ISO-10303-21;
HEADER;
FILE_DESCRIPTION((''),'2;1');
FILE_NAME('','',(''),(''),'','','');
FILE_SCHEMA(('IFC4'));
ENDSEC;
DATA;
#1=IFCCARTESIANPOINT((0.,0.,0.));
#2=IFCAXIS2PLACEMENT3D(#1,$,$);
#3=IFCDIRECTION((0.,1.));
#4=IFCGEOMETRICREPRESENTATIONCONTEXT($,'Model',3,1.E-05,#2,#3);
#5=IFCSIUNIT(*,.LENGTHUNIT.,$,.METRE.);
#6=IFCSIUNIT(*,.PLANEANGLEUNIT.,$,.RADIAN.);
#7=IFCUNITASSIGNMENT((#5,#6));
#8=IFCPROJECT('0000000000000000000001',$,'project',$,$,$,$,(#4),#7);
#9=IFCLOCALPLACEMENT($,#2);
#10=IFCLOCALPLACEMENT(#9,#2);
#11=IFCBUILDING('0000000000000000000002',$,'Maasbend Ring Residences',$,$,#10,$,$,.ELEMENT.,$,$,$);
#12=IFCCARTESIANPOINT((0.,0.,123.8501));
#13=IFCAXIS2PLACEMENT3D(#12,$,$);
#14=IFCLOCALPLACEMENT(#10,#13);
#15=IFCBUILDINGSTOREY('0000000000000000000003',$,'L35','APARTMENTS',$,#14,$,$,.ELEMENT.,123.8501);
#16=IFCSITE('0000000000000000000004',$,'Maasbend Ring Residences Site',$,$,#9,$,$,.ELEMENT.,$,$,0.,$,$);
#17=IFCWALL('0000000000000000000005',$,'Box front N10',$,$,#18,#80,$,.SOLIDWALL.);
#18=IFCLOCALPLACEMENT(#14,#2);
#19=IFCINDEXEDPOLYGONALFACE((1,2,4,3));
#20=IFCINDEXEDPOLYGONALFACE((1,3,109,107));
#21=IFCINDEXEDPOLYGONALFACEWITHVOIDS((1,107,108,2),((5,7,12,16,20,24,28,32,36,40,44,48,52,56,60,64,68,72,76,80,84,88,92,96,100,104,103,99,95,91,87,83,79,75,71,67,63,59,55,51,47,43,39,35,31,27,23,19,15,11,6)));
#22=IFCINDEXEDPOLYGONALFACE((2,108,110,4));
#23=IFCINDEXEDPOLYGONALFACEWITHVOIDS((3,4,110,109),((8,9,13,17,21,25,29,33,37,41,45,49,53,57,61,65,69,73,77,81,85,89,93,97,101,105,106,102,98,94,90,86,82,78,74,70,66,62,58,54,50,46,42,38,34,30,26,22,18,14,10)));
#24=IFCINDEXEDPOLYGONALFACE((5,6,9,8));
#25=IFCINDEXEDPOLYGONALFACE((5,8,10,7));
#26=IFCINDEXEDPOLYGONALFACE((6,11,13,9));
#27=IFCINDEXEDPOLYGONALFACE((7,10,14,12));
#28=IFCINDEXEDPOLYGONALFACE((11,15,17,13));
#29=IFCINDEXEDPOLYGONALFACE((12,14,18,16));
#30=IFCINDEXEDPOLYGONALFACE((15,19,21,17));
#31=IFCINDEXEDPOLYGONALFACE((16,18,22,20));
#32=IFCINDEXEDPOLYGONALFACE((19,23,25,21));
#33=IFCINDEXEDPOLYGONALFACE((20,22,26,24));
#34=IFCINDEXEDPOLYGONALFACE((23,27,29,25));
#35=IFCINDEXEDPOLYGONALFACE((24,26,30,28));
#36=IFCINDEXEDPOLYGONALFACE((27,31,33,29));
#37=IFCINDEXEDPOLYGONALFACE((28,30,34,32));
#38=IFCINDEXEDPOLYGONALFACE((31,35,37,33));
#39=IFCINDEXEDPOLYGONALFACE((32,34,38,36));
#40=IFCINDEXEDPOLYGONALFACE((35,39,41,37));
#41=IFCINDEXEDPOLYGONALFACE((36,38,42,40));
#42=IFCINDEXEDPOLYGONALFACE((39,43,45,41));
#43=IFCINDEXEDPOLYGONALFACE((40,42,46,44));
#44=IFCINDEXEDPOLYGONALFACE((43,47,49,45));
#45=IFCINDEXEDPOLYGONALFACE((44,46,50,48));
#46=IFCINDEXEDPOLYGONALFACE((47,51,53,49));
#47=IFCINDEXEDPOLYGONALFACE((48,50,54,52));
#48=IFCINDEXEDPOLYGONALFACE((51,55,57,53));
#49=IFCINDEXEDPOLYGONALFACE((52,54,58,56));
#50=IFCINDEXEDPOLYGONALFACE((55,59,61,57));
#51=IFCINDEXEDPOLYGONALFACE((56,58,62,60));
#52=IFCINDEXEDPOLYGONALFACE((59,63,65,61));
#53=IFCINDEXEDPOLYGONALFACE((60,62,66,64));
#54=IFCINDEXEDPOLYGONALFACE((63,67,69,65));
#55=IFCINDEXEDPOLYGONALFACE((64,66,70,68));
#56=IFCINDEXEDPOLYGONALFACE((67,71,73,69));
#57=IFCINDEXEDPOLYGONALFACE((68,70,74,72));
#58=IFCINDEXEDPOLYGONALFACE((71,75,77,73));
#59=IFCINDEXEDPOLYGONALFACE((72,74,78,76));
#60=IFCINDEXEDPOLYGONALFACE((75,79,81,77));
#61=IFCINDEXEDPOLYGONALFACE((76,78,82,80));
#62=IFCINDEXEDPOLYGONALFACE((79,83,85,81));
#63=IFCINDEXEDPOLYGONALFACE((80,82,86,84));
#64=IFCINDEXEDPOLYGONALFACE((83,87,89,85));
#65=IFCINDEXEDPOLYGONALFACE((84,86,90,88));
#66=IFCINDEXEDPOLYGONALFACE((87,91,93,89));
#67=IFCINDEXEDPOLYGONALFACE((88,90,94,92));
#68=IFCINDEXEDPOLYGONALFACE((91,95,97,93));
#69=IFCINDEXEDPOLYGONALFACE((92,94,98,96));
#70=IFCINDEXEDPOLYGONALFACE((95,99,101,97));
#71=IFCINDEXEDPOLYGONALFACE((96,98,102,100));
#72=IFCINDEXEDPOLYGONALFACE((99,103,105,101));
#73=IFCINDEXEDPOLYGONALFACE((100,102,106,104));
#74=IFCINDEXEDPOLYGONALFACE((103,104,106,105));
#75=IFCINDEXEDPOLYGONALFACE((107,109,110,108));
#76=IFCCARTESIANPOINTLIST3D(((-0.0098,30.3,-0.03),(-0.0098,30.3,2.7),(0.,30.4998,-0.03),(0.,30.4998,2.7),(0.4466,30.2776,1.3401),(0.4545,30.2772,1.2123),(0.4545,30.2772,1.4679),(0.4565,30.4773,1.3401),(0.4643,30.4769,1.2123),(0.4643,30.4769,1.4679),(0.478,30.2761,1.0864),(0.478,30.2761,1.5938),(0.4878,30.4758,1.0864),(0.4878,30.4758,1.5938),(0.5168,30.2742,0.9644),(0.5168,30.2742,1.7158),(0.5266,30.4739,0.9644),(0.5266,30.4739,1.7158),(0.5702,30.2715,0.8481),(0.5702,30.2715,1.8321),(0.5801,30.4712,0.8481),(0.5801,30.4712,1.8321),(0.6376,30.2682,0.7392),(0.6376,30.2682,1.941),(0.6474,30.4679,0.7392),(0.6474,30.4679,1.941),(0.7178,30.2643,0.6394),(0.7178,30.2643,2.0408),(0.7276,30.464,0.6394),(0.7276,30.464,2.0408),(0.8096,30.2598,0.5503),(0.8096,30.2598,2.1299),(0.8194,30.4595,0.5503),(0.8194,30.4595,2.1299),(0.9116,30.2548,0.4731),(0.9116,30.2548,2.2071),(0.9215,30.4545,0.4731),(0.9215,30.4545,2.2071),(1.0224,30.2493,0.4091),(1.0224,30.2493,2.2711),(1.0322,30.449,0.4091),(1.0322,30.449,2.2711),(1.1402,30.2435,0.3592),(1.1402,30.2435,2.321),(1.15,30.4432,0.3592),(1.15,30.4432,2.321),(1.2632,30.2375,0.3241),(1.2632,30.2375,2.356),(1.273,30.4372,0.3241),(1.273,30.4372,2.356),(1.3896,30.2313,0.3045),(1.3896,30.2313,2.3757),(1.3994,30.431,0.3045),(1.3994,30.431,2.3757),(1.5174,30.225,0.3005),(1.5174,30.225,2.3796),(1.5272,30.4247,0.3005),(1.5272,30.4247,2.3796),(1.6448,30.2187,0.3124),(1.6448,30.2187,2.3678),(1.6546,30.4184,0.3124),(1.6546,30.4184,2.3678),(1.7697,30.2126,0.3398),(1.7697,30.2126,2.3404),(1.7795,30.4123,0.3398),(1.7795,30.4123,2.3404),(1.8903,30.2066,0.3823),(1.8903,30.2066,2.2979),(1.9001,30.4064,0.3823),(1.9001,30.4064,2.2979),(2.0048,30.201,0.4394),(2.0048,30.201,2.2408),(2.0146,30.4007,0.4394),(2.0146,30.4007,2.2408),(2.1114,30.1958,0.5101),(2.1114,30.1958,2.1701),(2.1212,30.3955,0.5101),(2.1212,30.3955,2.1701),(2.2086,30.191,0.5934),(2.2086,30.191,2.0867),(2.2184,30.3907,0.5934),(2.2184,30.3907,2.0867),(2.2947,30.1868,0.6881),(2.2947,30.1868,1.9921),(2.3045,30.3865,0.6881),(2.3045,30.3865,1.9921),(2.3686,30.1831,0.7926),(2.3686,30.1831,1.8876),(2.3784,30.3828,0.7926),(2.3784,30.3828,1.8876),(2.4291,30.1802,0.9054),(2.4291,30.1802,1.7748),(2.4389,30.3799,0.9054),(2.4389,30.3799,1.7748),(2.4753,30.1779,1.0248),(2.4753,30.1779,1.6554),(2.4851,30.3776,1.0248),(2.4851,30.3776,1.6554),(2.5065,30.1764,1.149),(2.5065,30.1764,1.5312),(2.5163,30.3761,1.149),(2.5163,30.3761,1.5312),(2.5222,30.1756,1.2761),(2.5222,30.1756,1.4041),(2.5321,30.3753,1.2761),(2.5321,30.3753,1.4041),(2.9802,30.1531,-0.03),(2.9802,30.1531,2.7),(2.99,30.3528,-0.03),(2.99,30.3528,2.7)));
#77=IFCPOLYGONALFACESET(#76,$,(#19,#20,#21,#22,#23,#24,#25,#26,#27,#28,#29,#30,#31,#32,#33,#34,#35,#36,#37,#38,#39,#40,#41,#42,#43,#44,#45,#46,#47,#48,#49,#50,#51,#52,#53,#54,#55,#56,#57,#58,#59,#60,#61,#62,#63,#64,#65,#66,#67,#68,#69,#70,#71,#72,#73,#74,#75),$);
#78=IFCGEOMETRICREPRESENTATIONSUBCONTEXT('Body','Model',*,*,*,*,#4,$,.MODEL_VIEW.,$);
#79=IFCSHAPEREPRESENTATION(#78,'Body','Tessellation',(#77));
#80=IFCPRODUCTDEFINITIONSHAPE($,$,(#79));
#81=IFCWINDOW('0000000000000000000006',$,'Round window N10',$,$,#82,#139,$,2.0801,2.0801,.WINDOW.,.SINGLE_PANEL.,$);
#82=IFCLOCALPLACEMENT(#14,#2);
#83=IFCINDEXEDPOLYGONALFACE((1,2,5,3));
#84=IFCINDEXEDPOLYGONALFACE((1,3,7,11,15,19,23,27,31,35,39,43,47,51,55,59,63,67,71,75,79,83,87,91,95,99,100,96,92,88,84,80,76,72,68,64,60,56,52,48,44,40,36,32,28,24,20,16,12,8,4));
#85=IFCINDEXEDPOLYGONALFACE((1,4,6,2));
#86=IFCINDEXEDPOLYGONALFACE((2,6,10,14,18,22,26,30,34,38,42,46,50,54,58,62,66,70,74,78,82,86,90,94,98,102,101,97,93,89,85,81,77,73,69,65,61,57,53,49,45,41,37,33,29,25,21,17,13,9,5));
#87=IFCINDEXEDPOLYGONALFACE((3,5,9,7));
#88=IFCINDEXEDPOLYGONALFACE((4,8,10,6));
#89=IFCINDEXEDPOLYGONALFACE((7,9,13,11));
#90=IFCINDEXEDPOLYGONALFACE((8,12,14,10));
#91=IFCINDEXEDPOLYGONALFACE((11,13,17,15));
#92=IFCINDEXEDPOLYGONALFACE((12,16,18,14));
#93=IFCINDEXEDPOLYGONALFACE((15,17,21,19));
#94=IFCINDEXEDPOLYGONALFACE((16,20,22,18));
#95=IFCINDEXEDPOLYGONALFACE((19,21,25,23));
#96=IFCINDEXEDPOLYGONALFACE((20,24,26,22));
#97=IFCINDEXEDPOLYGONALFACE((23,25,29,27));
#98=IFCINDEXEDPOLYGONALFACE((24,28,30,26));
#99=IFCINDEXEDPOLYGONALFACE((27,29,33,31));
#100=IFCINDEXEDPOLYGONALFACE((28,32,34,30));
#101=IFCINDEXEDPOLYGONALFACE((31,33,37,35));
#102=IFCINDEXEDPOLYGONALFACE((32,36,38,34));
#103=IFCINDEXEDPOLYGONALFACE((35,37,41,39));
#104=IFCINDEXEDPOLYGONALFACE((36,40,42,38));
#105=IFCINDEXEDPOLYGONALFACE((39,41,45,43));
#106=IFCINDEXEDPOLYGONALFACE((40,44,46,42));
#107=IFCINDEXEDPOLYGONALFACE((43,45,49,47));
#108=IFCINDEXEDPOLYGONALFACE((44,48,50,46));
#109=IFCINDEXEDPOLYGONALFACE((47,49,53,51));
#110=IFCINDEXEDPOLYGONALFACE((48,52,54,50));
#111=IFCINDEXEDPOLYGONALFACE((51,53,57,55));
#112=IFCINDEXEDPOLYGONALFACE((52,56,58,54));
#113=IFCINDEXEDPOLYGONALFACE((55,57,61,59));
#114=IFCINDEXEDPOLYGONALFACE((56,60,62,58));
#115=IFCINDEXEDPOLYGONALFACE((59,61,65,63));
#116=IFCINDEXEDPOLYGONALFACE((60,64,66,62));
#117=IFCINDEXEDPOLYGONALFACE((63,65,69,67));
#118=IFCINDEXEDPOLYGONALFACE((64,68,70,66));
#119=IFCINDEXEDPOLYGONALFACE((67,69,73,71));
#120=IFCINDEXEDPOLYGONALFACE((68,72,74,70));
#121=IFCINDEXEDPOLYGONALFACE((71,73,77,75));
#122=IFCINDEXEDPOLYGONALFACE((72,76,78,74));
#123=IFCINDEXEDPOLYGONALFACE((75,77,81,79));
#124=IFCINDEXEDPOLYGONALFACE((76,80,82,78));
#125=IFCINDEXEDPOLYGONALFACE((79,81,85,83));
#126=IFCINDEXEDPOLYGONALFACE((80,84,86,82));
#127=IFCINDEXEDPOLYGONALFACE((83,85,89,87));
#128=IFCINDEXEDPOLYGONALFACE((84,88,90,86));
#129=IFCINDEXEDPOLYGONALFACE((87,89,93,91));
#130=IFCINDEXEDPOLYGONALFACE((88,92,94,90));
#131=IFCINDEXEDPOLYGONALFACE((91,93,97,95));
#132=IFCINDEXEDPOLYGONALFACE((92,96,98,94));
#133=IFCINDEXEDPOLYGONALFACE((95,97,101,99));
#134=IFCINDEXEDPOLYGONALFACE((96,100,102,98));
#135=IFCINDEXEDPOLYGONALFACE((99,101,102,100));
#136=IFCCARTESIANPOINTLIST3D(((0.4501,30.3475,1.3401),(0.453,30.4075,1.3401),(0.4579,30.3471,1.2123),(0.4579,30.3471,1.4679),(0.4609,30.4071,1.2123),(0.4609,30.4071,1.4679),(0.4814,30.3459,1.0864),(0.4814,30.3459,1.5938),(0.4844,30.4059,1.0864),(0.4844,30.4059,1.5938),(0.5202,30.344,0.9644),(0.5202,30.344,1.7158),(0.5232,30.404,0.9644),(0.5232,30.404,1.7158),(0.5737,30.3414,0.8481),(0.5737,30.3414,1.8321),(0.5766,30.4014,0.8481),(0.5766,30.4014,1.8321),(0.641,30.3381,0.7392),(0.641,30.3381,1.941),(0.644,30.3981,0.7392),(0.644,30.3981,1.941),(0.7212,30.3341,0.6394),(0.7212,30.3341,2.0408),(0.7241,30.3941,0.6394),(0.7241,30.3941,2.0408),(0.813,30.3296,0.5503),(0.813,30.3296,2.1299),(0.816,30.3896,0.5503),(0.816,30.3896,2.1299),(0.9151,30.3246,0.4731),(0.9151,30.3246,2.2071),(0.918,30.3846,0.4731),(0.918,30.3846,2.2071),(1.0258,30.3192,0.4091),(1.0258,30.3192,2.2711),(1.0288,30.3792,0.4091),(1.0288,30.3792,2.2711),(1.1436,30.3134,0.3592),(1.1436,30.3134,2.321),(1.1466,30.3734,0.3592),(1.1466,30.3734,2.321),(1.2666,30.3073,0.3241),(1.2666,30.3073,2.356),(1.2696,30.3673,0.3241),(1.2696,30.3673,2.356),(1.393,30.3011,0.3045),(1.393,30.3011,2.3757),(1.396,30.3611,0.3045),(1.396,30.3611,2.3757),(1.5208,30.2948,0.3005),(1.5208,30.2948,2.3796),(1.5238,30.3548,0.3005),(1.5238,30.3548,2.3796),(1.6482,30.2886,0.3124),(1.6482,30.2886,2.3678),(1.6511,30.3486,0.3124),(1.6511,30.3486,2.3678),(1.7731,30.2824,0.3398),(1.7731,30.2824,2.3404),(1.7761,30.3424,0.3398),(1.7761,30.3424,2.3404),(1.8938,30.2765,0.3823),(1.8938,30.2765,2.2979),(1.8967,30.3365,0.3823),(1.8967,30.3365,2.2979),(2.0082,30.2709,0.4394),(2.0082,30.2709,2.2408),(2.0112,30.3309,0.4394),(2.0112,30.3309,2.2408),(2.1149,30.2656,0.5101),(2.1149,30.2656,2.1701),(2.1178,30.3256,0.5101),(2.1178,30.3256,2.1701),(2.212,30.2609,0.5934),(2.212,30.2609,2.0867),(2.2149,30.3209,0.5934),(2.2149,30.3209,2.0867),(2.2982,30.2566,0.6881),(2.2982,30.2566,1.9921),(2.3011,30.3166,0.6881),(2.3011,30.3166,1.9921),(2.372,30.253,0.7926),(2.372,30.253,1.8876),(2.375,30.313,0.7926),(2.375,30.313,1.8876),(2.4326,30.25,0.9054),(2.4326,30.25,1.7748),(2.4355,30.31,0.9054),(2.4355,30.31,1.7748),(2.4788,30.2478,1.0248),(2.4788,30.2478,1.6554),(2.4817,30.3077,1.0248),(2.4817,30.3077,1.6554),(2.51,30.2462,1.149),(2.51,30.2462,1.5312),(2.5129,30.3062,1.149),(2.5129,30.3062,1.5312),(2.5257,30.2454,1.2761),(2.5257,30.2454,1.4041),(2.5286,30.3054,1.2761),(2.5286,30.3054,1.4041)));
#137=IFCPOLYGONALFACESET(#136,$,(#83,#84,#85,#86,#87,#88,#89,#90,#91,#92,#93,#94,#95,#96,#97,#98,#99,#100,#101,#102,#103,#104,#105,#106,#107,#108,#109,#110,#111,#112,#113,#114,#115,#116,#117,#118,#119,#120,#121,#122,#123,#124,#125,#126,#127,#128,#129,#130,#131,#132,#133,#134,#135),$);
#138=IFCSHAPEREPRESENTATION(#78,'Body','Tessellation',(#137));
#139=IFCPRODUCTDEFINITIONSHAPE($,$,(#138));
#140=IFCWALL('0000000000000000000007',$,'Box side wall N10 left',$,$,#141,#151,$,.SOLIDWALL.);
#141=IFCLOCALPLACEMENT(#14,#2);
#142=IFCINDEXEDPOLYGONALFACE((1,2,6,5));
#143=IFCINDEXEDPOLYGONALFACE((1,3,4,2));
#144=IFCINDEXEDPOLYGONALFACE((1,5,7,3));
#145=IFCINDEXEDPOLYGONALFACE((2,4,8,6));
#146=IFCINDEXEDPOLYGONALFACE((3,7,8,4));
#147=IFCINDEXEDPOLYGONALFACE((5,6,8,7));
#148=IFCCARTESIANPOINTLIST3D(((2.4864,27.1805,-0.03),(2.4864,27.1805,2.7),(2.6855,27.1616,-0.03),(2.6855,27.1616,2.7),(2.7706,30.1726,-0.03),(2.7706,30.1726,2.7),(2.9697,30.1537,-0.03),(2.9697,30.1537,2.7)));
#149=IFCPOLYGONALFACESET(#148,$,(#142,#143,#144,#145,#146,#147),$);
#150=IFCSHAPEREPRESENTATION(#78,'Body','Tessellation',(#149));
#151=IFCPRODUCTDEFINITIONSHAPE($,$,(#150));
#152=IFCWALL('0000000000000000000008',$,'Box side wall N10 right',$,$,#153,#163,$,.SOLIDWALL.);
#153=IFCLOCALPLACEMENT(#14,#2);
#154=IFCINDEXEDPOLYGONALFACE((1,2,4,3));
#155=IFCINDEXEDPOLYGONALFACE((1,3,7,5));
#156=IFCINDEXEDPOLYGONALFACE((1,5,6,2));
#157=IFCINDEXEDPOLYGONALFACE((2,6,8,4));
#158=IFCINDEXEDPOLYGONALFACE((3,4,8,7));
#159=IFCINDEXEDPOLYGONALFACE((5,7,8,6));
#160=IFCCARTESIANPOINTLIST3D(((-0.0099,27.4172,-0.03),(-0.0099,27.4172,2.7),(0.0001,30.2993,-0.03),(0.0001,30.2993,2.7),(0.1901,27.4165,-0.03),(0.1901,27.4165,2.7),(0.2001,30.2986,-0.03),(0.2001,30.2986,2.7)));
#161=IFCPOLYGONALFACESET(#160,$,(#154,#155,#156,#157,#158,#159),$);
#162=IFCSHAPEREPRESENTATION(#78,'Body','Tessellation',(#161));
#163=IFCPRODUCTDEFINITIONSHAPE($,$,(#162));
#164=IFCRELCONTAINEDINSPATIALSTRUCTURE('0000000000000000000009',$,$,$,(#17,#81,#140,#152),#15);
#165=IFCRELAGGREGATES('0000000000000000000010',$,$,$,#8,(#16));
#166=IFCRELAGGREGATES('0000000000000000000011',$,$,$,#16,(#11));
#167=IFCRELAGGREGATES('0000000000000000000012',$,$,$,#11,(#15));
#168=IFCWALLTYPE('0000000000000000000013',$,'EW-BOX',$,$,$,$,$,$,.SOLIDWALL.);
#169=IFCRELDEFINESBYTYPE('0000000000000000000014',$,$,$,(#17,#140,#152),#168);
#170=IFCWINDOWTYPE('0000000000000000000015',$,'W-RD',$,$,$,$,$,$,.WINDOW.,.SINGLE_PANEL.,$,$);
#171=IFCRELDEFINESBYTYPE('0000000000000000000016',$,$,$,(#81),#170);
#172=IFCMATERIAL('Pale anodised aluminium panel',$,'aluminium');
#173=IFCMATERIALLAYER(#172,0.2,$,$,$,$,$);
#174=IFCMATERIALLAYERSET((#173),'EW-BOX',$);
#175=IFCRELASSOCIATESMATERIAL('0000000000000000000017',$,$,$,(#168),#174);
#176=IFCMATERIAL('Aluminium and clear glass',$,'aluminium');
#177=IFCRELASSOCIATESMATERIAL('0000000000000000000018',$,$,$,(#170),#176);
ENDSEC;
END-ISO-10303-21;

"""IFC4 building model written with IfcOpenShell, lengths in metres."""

from ifc_helpers import new_model, si_unit, direction, frame, frame_2d, origin, place, context, subcontext, project, spatial, rectangle, circle, extrude, material, layer, layer_set, type_object, element, fill, save


model = new_model("IFC4")

# Units and contexts
model_context = context("Model", 3, precision=1e-05, world=origin(), true_north=direction((0.0, 1.0)))
body_context = subcontext(model_context, "Body", "Model", "MODEL_VIEW")
ifc_project = project(units=[si_unit("LENGTHUNIT", "METRE"), si_unit("PLANEANGLEUNIT", "RADIAN")], contexts=[model_context])

# Site, building, storey
site_placement = place(None, origin())
site = spatial("IfcSite", under=ifc_project, at=site_placement, Name="Maasbend Ring Residences Site", CompositionType="ELEMENT", RefElevation=0.0)
building_placement = place(site_placement, origin())
building = spatial("IfcBuilding", under=site, at=building_placement, Name="Maasbend Ring Residences", CompositionType="ELEMENT")
storey_placement = place(building_placement, frame((0.0, 0.0, 123.8501)))
storey = spatial("IfcBuildingStorey", under=building, at=storey_placement, Name="L35", Description="APARTMENTS", CompositionType="ELEMENT", Elevation=123.8501)

# Shared definitions
ifc_material_1 = material(Name="Pale anodised aluminium panel", Category="aluminium")
ifc_layer_1 = layer(ifc_material_1, 0.2)
ifc_layer_set_1 = layer_set([ifc_layer_1], Name="EW-BOX")
wall_type_1 = type_object("IfcWallType", Name="EW-BOX", PredefinedType="SOLIDWALL", material=ifc_layer_set_1)
ifc_material_2 = material(Name="Aluminium and clear glass", Category="aluminium")
window_type_1 = type_object("IfcWindowType", Name="W-RD", PartitioningType="SINGLE_PANEL", PredefinedType="WINDOW", material=ifc_material_2)

# Wall, opening, window
wall_1_placement = place(storey_placement, frame((2.9851, 30.2529, -0.03), z_axis=(0.0, 0.0, 1.0), x_axis=(-0.998794, 0.049096, 0.0)))
wall_1 = element("IfcWall", 1, at=wall_1_placement, inside=storey, type_object=wall_type_1, Name="Box front N10", PredefinedType="SOLIDWALL", context=body_context, shape_type="SweptSolid", body=[
    extrude(rectangle(XDim=2.9937, YDim=0.2, at=frame_2d((1.4968, 0.0))), origin(), (0.0, 0.0, 1.0), 2.73),
])
opening_1_placement = place(wall_1_placement, frame((0.4565, 0.0, 0.3301)))
opening_1 = element("IfcOpeningElement", 2, at=opening_1_placement, cuts=wall_1, PredefinedType="OPENING", context=body_context, shape_type="SweptSolid", body=[
    extrude(circle(Radius=1.04, at=frame_2d((1.04, 1.04))), frame((0.0, 0.1099, 0.0), z_axis=(0.0, -1.0, 0.0), x_axis=(1.0, 0.0, 0.0)), (0.0, 0.0, 1.0), 0.22),
])
window_1_placement = place(opening_1_placement, origin())
window_1 = element("IfcWindow", 3, at=window_1_placement, inside=storey, type_object=window_type_1, Name="Round window N10", OverallHeight=2.0801, OverallWidth=2.0801, PartitioningType="SINGLE_PANEL", PredefinedType="WINDOW", context=body_context, shape_type="SweptSolid", body=[
    extrude(circle(Radius=1.04, at=frame_2d((1.04, 1.04))), frame((0.0, 0.03, 0.0), z_axis=(0.0, -1.0, 0.0), x_axis=(1.0, 0.0, 0.0)), (0.0, 0.0, 1.0), 0.0601),
])
fill(opening_1, window_1)

# Walls
wall_2_placement = place(storey_placement, frame((2.5859, 27.1709, -0.03), z_axis=(0.0, 0.0, 1.0), x_axis=(0.094548, 0.99552, 0.0)))
element("IfcWall", 4, at=wall_2_placement, inside=storey, type_object=wall_type_1, Name="Box side wall N10 left", PredefinedType="SOLIDWALL", context=body_context, shape_type="SweptSolid", body=[
    extrude(rectangle(XDim=3.0056, YDim=0.2, at=frame_2d((1.5029, 0.0))), origin(), (0.0, 0.0, 1.0), 2.73),
])
wall_3_placement = place(storey_placement, frame((0.0901, 27.417, -0.03), z_axis=(0.0, 0.0, 1.0), x_axis=(0.003473, 0.999994, 0.0)))
element("IfcWall", 5, at=wall_3_placement, inside=storey, type_object=wall_type_1, Name="Box side wall N10 right", PredefinedType="SOLIDWALL", context=body_context, shape_type="SweptSolid", body=[
    extrude(rectangle(XDim=2.8821, YDim=0.2, at=frame_2d((1.4409, 0.0))), origin(), (0.0, 0.0, 1.0), 2.73),
])

save(model, "model.ifc")
